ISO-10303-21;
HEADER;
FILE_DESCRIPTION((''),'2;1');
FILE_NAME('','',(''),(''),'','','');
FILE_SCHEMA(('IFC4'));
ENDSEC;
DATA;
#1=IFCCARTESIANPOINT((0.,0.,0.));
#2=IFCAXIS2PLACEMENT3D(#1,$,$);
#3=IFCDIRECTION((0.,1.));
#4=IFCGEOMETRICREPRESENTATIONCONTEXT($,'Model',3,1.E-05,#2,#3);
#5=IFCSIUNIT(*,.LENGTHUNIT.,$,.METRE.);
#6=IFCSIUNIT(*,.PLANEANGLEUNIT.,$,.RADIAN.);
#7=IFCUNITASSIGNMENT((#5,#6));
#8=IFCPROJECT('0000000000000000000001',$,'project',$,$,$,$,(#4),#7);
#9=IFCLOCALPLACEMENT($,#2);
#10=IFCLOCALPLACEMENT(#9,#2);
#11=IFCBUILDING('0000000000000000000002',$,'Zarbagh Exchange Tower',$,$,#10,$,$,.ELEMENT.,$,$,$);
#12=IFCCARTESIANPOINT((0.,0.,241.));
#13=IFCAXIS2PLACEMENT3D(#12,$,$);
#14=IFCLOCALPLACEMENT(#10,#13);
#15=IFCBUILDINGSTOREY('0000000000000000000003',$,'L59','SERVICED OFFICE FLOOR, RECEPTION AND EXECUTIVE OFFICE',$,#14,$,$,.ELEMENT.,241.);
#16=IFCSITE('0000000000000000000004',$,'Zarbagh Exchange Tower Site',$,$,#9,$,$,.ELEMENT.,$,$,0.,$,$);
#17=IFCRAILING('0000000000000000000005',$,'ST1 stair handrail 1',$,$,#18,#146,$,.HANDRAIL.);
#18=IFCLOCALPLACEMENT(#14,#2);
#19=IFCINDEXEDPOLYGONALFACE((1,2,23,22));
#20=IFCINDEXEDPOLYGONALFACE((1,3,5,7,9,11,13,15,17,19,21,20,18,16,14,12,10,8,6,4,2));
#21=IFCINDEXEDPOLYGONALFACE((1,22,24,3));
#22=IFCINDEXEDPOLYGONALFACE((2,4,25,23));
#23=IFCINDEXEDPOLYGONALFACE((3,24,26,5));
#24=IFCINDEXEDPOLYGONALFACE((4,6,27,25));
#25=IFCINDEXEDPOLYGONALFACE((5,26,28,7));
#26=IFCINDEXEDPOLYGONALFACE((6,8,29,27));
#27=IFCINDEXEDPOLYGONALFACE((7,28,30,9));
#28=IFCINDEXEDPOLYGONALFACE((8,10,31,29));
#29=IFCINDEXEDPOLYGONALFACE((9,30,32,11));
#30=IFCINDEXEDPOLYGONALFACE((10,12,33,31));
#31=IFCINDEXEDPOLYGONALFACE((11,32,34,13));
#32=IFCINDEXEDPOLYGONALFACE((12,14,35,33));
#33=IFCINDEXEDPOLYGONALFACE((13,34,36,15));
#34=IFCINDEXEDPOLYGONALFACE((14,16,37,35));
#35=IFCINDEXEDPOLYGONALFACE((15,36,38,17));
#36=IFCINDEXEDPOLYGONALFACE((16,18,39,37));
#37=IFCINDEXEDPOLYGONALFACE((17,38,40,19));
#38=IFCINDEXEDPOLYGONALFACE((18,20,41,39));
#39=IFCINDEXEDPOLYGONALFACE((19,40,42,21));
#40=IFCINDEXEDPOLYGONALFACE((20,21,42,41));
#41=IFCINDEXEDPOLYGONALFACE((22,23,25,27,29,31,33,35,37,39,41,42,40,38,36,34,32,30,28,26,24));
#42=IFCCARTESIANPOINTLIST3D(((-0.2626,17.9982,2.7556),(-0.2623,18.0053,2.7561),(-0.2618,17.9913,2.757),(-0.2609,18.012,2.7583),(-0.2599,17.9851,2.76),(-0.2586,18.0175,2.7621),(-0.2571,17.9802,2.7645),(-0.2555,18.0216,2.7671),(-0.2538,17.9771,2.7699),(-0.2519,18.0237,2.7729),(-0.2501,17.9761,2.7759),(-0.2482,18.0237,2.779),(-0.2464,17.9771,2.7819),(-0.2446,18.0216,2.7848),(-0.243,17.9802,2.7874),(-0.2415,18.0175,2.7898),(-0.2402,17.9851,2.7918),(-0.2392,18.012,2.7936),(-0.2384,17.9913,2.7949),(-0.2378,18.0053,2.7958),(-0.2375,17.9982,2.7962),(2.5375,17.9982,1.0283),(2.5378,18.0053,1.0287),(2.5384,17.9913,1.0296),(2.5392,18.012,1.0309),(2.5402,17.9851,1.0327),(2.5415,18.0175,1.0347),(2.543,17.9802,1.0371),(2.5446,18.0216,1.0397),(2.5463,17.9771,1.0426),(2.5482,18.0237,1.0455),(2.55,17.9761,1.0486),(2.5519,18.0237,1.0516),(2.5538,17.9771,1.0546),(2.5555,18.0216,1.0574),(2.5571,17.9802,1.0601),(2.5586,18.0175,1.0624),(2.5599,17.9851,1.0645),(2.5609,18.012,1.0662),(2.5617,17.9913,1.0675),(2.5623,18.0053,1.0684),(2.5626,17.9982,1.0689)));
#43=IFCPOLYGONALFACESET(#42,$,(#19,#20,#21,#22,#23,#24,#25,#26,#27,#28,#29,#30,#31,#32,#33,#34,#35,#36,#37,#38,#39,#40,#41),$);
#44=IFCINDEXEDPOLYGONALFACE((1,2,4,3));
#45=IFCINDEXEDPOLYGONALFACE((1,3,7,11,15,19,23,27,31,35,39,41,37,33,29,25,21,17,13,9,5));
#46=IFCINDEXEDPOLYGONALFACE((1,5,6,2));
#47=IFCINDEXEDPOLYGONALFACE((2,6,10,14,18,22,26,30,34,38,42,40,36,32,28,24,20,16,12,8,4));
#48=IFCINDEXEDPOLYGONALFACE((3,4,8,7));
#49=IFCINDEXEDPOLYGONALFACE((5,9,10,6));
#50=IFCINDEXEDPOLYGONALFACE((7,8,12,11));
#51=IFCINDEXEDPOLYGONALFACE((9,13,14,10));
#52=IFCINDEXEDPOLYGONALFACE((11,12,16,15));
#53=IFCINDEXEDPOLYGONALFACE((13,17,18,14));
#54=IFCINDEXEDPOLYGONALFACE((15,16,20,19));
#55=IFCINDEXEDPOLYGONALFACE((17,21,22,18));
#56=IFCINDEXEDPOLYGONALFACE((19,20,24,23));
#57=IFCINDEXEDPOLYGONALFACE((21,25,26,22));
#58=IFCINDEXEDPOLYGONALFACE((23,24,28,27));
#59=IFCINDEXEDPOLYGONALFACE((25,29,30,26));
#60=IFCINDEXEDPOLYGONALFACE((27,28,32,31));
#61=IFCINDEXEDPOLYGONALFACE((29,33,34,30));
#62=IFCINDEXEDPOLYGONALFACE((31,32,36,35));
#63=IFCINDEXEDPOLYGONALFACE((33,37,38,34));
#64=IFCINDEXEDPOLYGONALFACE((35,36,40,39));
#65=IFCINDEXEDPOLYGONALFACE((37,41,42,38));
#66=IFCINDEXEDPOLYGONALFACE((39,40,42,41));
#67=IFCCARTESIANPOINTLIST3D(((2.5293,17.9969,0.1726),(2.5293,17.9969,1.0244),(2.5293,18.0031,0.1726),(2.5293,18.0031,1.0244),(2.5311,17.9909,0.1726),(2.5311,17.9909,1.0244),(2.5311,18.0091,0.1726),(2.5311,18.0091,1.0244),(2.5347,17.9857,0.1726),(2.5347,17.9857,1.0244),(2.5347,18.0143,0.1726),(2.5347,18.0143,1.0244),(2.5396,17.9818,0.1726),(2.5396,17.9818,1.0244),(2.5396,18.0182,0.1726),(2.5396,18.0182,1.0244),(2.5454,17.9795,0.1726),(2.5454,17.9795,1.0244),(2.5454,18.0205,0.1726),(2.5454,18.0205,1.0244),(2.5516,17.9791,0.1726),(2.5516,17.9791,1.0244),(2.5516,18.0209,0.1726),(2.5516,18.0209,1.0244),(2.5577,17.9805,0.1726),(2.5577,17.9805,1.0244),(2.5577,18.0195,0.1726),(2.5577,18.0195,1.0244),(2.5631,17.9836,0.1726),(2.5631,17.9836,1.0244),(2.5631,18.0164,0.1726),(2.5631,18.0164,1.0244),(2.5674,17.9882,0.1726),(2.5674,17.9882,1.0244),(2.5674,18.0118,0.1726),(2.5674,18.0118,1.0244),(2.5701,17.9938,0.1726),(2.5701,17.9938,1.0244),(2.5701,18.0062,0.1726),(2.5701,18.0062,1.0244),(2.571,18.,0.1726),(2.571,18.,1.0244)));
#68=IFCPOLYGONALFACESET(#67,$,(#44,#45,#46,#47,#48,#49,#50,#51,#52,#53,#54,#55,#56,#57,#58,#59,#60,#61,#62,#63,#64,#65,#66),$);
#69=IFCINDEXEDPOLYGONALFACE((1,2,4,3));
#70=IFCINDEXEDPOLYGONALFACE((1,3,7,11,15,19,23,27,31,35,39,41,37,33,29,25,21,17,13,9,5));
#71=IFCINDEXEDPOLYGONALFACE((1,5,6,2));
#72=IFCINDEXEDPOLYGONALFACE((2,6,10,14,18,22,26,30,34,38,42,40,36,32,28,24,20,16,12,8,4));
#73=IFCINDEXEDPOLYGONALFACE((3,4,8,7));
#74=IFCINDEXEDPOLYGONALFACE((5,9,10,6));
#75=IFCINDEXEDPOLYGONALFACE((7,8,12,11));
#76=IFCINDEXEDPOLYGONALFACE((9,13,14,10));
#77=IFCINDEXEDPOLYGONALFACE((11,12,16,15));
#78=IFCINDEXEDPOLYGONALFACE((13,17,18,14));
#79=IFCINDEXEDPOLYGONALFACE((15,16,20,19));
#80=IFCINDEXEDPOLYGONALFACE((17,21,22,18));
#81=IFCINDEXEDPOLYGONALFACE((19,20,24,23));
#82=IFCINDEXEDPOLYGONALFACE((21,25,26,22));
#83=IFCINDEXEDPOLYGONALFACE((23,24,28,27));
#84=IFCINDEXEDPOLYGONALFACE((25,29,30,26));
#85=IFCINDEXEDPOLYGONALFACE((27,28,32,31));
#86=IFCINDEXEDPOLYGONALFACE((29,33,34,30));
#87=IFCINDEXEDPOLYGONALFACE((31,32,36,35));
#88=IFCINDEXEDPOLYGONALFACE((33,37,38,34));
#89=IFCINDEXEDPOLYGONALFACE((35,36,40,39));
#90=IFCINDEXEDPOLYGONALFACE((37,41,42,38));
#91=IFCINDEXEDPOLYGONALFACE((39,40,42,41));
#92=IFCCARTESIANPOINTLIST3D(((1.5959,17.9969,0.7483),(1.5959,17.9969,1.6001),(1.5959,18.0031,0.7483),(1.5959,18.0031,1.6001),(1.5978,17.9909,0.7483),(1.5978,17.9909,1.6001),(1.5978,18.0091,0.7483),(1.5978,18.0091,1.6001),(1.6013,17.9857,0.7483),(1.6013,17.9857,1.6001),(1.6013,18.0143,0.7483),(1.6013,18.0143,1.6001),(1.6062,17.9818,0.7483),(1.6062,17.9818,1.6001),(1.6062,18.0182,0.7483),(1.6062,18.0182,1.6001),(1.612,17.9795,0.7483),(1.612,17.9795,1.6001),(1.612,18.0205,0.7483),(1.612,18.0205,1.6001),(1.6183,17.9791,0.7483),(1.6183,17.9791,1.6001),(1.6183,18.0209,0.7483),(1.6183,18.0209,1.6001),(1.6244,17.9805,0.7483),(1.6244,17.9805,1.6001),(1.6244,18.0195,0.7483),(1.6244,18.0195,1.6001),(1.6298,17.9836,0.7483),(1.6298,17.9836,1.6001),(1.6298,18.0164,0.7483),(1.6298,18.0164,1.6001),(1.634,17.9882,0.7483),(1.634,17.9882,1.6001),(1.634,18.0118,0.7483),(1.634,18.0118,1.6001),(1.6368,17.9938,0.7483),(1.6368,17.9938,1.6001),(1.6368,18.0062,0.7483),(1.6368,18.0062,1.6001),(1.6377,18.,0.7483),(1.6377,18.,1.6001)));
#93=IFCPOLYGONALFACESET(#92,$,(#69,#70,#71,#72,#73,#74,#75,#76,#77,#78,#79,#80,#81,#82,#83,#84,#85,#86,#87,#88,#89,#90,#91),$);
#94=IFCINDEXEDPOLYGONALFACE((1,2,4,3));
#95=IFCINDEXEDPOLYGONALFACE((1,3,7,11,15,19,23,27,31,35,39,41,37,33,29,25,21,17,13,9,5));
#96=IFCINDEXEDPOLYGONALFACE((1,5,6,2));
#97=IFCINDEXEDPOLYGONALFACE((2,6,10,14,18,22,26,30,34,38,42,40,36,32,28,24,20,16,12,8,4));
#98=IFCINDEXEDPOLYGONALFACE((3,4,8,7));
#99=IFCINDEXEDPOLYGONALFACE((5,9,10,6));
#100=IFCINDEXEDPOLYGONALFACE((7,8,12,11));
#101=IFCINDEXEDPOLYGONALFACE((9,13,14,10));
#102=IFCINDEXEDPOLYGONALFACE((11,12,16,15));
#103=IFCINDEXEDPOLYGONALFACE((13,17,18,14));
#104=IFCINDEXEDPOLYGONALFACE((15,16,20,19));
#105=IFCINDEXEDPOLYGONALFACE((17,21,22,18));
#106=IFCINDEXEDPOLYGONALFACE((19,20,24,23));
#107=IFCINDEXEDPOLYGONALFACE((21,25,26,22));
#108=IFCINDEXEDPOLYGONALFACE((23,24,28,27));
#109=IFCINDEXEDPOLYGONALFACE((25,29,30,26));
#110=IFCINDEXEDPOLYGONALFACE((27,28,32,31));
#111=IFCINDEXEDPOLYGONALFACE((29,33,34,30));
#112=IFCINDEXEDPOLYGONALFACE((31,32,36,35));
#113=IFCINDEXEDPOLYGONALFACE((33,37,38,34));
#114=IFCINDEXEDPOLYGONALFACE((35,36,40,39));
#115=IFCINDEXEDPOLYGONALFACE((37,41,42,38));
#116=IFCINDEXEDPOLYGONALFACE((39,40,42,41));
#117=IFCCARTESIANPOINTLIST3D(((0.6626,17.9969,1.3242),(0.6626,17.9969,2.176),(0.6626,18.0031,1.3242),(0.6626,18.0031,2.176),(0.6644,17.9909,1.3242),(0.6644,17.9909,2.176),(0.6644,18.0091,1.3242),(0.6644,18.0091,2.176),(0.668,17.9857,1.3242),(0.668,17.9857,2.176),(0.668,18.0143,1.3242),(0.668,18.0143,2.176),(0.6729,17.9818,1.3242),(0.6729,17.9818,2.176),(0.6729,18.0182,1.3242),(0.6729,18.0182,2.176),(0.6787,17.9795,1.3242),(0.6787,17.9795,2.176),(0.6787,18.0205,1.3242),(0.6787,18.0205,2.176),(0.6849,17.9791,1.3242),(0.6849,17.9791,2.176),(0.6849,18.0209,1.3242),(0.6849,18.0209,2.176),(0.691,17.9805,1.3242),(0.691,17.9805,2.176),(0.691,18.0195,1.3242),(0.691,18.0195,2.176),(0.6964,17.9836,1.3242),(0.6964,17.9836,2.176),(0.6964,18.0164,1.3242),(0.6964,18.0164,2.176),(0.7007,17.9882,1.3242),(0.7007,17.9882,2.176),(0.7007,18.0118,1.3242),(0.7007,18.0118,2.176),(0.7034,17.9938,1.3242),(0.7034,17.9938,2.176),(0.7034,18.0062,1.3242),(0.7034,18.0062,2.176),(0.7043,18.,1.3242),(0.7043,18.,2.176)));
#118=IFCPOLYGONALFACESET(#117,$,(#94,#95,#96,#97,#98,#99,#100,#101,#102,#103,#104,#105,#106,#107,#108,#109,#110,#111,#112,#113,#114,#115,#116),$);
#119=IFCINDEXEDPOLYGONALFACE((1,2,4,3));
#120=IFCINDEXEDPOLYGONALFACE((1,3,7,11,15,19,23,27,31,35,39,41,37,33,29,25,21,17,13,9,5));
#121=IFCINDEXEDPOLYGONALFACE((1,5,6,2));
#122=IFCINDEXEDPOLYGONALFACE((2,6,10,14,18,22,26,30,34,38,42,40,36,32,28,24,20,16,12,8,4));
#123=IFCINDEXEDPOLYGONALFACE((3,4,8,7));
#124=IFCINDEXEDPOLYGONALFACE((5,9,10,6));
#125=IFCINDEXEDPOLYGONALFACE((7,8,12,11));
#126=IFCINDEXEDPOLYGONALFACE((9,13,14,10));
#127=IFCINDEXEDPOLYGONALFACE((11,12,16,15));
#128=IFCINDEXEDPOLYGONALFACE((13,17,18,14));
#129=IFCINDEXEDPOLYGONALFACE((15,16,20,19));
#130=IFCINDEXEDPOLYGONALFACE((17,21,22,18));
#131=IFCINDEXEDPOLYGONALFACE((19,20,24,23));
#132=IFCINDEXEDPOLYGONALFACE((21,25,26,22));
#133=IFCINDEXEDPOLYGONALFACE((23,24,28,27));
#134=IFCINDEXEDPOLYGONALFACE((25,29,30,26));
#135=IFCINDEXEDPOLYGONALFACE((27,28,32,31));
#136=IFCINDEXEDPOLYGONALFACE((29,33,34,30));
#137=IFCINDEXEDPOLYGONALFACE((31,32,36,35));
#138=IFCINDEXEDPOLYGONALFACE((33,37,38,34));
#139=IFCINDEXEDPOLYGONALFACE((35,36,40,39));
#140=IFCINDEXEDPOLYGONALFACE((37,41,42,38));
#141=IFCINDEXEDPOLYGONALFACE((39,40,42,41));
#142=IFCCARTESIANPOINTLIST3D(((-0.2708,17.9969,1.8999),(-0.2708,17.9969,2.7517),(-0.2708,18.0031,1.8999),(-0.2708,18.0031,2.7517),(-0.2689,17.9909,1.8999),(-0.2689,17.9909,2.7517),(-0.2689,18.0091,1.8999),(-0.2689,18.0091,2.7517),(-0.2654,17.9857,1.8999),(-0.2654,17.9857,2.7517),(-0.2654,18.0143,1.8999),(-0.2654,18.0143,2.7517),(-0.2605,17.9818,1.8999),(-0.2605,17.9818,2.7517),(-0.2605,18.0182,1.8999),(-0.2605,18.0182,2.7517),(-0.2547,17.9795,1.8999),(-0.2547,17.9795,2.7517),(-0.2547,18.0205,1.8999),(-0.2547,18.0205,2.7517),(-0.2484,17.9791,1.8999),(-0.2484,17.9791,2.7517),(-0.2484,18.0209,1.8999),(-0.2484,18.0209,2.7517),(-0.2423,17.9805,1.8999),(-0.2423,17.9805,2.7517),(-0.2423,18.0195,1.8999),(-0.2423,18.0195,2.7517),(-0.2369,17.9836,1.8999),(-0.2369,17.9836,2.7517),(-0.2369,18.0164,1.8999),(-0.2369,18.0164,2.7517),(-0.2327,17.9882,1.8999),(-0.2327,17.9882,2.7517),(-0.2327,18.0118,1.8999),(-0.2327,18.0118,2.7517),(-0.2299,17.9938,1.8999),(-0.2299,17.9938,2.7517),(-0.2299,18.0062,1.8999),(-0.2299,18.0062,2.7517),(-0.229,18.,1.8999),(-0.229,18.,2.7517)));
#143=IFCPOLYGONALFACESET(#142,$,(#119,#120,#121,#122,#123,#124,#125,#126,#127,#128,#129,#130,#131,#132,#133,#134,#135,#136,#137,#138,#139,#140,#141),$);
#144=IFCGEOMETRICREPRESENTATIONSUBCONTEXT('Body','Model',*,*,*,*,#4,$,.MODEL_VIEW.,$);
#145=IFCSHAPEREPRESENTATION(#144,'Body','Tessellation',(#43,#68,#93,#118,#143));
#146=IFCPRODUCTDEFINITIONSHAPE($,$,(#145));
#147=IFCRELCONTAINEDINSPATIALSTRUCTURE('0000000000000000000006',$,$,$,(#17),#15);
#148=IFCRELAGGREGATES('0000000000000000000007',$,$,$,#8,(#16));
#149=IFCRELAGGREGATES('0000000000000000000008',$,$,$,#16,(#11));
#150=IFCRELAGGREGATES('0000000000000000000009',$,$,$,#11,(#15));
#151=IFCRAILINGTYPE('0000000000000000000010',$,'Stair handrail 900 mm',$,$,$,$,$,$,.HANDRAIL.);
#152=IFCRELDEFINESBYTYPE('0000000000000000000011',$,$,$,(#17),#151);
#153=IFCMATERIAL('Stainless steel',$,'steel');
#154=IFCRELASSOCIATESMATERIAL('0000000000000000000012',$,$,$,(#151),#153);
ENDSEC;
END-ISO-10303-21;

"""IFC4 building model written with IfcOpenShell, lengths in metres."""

from ifc_helpers import new_model, si_unit, direction, frame, origin, origin_2d, place, context, subcontext, project, spatial, circle, extrude, material, type_object, element, save


model = new_model("IFC4")

# Units and contexts
model_context = context("Model", 3, precision=1e-05, world=origin(), true_north=direction((0.0, 1.0)))
body_context = subcontext(model_context, "Body", "Model", "MODEL_VIEW")
ifc_project = project(units=[si_unit("LENGTHUNIT", "METRE"), si_unit("PLANEANGLEUNIT", "RADIAN")], contexts=[model_context])

# Site, building, storey
site_placement = place(None, origin())
site = spatial("IfcSite", under=ifc_project, at=site_placement, Name="Zarbagh Exchange Tower Site", CompositionType="ELEMENT", RefElevation=0.0)
building_placement = place(site_placement, origin())
building = spatial("IfcBuilding", under=site, at=building_placement, Name="Zarbagh Exchange Tower", CompositionType="ELEMENT")
storey_placement = place(building_placement, frame((0.0, 0.0, 241.0)))
storey = spatial("IfcBuildingStorey", under=building, at=storey_placement, Name="L59", Description="SERVICED OFFICE FLOOR, RECEPTION AND EXECUTIVE OFFICE", CompositionType="ELEMENT", Elevation=241.0)

# Railing
ifc_material_1 = material(Name="Stainless steel", Category="steel")
railing_type_1 = type_object("IfcRailingType", Name="Stair handrail 900 mm", PredefinedType="HANDRAIL", material=ifc_material_1)
railing_1_placement = place(storey_placement, frame((2.55, 18.0, 0.1726)))
element("IfcRailing", 1, at=railing_1_placement, inside=storey, type_object=railing_type_1, Name="ST1 stair handrail 1", PredefinedType="HANDRAIL", context=body_context, shape_type="SweptSolid", body=[
    extrude(circle(Radius=0.0239, at=origin_2d()), frame((0.0, 0.0, 0.876), z_axis=(-0.85109, 0.0, 0.52502), x_axis=(0.0, -1.0, 0.0)), (0.0, 0.0, 1.0), 3.29),
    extrude(circle(Radius=0.021, at=origin_2d()), origin(), (0.0, 0.0, 1.0), 0.8518),
    extrude(circle(Radius=0.021, at=origin_2d()), frame((-0.9333, 0.0, 0.5757)), (0.0, 0.0, 1.0), 0.8518),
    extrude(circle(Radius=0.021, at=origin_2d()), frame((-1.8667, 0.0, 1.1516)), (0.0, 0.0, 1.0), 0.8518),
    extrude(circle(Radius=0.021, at=origin_2d()), frame((-2.8, 0.0, 1.7273)), (0.0, 0.0, 1.0), 0.8518),
])

save(model, "model.ifc")
